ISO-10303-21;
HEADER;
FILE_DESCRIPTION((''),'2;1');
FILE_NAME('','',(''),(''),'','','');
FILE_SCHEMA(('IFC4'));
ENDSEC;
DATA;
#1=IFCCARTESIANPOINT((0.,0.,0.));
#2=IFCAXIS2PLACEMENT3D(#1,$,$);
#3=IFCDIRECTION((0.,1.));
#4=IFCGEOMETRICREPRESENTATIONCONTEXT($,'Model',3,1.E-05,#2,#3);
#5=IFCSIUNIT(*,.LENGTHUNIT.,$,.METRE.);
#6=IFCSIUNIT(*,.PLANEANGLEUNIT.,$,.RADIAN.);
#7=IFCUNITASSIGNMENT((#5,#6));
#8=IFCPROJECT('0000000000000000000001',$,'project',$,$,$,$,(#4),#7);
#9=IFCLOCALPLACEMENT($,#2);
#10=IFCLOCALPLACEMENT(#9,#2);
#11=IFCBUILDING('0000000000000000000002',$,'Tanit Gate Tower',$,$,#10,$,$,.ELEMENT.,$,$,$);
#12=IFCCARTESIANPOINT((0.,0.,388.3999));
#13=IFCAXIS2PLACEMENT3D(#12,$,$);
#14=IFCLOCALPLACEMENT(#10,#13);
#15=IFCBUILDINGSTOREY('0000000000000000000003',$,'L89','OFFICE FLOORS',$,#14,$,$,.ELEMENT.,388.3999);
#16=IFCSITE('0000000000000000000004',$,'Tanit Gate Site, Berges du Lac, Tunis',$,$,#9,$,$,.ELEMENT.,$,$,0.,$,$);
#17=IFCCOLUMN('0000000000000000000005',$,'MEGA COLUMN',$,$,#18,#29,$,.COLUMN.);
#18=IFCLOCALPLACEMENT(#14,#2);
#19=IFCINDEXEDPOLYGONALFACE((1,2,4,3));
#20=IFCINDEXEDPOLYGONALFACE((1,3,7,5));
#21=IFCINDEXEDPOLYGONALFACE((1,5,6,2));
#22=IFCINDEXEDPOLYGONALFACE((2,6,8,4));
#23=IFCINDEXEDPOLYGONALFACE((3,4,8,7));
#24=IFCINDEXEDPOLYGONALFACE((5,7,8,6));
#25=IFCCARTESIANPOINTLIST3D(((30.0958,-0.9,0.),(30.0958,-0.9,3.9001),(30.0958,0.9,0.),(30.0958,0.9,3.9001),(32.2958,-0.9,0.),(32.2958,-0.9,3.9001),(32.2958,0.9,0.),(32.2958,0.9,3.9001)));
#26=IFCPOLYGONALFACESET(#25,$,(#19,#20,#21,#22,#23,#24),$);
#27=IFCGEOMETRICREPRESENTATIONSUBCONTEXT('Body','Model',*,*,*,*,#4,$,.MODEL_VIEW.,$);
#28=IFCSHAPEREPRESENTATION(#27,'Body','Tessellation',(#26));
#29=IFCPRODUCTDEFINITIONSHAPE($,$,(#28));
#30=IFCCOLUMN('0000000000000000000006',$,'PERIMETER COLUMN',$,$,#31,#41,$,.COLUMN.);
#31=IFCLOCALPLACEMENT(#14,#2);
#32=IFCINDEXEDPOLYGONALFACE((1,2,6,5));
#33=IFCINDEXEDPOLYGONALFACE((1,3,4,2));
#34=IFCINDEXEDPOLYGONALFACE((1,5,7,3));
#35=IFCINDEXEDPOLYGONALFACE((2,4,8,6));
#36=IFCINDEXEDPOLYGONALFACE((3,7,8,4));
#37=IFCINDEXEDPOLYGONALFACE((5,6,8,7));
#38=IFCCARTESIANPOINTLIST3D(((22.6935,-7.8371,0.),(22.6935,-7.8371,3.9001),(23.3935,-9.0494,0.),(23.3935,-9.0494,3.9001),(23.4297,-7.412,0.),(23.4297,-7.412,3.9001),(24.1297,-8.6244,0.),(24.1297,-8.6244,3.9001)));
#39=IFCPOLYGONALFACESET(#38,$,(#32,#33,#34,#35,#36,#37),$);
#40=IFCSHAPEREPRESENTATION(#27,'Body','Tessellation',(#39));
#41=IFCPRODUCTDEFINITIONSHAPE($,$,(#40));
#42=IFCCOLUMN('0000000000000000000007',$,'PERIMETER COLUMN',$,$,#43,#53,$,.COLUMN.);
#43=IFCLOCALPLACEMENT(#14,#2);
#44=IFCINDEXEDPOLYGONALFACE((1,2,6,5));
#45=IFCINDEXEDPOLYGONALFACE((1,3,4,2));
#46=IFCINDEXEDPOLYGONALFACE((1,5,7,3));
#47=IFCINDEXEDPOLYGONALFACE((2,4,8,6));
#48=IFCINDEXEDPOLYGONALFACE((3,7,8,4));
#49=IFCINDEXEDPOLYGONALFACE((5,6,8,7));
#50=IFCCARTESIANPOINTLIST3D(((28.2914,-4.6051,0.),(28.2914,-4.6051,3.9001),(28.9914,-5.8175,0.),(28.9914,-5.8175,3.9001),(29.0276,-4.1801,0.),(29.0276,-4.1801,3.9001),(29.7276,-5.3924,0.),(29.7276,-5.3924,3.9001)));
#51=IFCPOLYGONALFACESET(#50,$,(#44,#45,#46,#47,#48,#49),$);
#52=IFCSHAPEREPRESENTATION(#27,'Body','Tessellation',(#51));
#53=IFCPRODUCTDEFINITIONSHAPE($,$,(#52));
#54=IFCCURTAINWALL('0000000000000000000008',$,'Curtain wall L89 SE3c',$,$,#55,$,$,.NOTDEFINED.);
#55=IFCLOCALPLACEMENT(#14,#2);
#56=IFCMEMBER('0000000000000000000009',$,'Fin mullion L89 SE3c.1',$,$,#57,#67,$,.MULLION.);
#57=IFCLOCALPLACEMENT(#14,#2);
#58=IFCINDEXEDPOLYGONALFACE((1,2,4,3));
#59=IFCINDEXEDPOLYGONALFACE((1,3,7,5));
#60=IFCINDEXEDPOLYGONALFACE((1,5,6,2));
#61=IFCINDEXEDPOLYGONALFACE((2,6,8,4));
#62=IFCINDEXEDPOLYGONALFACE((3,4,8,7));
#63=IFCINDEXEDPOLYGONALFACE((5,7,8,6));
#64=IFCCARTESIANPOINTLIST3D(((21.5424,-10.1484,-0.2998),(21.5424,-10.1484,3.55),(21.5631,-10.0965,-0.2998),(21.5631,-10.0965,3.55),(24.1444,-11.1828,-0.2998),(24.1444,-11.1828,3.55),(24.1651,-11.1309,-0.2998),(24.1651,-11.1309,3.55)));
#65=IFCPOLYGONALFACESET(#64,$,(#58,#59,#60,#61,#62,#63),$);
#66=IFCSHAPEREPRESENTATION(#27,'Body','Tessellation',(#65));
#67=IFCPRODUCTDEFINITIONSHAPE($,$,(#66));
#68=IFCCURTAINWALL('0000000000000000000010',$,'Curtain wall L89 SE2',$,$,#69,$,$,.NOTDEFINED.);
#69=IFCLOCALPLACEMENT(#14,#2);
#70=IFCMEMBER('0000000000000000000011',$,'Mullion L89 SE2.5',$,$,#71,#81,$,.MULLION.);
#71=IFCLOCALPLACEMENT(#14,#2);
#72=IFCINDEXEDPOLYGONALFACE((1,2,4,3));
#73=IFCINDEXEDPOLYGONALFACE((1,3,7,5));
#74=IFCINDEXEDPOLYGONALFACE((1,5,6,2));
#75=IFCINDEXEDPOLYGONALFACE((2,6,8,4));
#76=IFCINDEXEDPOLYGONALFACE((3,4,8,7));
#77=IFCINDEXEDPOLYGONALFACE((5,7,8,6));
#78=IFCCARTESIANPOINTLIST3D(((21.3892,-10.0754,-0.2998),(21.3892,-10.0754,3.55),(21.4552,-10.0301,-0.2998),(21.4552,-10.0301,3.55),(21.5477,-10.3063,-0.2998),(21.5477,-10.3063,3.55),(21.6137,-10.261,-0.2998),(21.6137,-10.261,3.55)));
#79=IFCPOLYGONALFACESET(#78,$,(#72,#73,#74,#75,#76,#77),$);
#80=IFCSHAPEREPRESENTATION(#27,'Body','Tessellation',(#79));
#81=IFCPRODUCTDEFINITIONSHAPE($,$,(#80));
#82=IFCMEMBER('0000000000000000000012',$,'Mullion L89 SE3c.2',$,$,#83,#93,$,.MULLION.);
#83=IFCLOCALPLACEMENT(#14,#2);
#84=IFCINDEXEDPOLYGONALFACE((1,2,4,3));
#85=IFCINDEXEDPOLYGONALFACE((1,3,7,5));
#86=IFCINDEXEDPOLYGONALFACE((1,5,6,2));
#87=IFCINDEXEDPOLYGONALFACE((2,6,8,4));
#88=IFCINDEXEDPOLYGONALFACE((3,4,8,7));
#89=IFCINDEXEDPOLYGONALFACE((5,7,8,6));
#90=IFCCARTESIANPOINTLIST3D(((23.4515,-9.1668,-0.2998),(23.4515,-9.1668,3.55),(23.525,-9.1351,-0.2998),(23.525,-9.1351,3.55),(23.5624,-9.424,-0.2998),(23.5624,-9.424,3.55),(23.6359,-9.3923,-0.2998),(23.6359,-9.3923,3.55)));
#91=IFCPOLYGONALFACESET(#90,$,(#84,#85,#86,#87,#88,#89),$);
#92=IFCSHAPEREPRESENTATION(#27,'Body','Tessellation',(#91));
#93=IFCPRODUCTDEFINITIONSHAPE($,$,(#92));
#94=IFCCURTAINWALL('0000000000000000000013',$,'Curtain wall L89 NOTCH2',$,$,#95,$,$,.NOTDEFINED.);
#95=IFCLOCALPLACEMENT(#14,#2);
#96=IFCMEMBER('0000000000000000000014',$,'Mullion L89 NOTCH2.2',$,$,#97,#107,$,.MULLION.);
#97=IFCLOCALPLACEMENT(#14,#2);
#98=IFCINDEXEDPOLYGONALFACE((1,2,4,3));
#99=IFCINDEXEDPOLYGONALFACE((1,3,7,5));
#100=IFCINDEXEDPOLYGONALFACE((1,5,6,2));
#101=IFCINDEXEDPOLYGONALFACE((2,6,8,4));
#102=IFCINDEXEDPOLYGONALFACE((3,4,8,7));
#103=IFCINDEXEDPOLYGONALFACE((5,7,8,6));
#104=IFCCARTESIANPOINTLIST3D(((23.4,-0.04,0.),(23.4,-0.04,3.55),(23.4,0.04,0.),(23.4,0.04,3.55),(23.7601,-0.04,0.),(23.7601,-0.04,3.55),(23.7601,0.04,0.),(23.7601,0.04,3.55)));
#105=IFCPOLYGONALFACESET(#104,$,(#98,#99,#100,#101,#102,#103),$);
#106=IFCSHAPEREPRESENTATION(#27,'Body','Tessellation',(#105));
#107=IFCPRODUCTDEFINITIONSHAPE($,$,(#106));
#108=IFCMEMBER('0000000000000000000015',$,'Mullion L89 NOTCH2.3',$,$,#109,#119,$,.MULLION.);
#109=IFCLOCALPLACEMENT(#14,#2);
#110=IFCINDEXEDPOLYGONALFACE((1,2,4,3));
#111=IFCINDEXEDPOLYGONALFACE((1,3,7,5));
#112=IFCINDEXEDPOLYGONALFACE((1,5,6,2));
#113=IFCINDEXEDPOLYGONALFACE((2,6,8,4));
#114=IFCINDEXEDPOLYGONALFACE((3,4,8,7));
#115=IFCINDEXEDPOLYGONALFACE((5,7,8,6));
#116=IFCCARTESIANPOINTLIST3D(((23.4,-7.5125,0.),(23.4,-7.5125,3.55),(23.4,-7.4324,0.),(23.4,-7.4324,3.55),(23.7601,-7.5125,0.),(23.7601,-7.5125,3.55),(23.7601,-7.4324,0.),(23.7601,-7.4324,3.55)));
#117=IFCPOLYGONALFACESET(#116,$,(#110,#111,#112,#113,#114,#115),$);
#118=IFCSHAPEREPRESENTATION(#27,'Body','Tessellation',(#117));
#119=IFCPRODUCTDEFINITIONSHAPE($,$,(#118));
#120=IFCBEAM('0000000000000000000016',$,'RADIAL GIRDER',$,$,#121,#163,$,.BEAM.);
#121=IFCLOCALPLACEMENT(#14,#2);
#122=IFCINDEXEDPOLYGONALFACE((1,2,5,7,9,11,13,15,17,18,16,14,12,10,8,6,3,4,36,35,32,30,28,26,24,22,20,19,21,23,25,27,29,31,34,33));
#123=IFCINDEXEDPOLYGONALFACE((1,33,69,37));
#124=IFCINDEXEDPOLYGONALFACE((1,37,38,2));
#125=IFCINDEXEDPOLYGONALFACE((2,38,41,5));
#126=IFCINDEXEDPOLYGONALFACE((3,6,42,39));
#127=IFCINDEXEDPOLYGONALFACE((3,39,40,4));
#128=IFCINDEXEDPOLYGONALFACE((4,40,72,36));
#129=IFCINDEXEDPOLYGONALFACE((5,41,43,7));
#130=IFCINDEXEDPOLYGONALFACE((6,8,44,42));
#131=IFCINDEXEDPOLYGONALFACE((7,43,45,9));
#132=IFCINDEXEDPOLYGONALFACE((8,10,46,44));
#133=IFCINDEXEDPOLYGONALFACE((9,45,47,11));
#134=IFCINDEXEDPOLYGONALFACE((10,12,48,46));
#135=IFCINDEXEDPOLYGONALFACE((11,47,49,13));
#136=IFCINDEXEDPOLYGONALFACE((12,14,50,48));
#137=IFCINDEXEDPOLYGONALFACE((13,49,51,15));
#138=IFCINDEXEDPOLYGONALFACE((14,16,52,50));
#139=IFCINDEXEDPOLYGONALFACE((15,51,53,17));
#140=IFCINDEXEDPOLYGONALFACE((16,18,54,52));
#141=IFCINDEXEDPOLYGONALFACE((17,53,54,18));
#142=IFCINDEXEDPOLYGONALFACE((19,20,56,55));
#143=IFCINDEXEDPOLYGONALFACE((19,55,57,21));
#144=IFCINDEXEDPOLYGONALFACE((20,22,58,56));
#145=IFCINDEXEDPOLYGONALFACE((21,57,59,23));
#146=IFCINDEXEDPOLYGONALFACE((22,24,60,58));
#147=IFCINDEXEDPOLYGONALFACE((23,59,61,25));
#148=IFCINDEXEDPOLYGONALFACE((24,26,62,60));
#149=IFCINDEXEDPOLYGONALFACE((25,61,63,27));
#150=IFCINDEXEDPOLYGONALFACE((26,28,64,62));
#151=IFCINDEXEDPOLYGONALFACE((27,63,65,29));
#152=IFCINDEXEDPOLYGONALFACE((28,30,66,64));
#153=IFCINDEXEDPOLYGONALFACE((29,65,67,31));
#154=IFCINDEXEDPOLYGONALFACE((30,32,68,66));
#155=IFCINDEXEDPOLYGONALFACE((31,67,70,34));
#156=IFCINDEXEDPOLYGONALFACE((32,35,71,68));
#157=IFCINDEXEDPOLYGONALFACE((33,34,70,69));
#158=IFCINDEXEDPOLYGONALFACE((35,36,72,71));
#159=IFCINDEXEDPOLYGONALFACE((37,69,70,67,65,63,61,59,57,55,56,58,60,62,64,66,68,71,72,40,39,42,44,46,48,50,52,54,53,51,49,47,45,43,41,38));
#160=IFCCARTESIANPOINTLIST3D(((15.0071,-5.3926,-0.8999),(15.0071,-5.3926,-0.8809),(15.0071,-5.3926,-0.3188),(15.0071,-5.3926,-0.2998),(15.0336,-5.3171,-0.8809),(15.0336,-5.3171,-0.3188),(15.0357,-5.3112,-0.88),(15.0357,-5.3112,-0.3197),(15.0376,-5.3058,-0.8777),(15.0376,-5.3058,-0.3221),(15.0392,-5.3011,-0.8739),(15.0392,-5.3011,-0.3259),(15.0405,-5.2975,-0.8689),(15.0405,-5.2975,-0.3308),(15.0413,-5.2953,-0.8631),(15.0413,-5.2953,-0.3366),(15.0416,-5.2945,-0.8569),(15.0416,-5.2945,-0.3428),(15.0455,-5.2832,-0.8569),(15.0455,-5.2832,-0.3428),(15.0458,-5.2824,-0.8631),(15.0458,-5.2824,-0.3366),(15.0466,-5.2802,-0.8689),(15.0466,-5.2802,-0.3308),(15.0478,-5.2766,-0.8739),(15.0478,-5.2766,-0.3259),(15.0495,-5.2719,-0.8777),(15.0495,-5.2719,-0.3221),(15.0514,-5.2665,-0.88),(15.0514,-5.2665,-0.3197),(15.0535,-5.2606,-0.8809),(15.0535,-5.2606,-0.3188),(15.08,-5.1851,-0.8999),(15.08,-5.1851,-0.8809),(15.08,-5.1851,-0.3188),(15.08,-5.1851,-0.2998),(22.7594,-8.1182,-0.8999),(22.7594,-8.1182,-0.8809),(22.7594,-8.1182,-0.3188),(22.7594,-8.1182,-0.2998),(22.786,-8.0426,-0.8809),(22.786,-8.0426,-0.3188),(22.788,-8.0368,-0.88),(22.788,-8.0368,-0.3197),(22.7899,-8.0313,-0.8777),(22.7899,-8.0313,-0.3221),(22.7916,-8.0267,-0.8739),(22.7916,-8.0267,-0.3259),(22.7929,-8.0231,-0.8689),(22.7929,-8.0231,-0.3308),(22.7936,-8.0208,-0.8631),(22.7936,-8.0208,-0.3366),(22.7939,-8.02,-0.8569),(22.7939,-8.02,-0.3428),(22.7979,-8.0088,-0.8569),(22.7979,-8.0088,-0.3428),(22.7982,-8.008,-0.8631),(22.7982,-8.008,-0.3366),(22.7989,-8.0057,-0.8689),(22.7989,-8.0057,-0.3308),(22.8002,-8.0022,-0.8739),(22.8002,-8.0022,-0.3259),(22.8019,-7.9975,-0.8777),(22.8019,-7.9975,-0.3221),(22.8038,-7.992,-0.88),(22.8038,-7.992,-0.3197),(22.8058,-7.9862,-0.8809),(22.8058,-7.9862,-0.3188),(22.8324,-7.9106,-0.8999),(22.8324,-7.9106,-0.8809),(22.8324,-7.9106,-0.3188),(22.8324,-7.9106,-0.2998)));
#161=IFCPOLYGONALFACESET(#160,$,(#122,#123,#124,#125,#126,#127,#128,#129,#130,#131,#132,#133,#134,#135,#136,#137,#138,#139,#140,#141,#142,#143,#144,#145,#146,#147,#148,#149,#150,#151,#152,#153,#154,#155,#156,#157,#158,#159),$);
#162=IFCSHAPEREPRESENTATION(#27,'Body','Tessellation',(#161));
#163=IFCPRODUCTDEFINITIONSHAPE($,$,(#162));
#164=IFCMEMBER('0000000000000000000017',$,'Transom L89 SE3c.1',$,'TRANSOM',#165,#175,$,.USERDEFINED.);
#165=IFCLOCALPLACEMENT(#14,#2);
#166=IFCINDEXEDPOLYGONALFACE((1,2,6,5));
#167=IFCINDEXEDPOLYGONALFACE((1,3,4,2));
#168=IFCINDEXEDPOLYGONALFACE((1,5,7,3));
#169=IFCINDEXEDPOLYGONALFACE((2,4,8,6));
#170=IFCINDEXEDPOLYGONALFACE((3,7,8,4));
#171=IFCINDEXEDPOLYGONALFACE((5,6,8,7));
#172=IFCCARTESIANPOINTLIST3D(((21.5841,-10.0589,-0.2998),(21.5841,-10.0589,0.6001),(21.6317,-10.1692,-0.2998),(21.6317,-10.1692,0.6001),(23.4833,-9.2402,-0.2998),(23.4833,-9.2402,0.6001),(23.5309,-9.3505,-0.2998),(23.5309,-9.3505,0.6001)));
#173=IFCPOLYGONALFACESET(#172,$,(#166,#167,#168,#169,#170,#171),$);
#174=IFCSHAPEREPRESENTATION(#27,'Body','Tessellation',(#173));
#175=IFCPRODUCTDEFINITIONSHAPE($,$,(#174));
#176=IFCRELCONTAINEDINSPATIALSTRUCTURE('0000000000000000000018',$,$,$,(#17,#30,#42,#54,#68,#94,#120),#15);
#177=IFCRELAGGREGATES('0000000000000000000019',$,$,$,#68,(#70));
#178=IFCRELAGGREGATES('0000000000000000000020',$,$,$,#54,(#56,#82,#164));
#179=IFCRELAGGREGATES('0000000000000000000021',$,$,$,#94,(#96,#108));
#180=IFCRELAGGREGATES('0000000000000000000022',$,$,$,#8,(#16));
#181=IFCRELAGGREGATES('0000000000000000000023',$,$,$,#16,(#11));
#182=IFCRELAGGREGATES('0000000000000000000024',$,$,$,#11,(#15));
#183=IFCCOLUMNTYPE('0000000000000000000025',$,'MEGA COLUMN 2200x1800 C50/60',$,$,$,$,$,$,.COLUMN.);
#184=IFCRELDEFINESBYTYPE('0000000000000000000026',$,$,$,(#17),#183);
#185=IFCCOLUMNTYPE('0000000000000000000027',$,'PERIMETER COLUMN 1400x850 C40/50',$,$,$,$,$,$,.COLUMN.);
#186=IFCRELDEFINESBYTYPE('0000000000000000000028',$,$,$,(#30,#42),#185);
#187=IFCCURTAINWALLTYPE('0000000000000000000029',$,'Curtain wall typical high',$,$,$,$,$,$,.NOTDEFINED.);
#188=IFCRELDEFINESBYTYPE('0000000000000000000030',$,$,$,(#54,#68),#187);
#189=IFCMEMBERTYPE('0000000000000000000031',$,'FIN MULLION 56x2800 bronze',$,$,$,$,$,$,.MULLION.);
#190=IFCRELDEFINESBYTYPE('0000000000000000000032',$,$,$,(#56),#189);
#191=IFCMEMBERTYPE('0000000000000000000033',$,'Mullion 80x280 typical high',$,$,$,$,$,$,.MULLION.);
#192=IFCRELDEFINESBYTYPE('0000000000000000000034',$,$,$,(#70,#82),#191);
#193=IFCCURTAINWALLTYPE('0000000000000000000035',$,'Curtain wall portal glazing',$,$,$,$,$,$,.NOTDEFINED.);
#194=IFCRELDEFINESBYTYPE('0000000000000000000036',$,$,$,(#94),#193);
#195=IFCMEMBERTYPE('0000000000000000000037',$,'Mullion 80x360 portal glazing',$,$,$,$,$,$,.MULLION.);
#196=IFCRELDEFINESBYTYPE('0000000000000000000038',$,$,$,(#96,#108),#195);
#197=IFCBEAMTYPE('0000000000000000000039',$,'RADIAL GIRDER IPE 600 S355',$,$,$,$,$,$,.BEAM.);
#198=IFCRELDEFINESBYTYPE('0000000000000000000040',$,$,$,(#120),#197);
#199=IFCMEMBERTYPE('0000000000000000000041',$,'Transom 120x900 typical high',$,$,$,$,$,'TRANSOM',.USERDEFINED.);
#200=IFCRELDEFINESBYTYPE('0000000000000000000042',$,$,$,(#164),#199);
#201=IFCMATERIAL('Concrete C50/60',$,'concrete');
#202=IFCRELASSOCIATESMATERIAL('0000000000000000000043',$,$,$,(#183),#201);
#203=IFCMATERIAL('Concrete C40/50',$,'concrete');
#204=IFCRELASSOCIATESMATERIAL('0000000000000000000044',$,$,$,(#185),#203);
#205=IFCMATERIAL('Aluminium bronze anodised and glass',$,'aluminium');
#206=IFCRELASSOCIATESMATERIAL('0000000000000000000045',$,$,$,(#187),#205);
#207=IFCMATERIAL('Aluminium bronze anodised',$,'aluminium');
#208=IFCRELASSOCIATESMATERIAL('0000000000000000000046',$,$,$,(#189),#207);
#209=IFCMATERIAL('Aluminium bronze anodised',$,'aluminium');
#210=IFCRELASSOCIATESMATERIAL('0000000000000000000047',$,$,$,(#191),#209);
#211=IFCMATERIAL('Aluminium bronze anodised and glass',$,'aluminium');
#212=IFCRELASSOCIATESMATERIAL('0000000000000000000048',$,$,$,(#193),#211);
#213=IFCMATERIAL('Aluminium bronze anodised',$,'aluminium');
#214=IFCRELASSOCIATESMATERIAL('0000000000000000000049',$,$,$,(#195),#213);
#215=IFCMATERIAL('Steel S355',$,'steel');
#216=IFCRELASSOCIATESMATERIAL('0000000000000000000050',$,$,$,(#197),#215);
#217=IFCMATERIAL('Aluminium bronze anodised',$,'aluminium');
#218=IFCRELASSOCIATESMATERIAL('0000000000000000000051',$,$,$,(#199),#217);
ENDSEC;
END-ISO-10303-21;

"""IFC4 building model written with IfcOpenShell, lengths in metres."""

from ifc_helpers import new_model, si_unit, direction, frame, origin, origin_2d, place, context, subcontext, project, spatial, rectangle, i_section, extrude, material, material_profile, profile_set, type_object, element, aggregate, save


model = new_model("IFC4")

# Units and contexts
model_context = context("Model", 3, precision=1e-05, world=origin(), true_north=direction((0.0, 1.0)))
body_context = subcontext(model_context, "Body", "Model", "MODEL_VIEW")
ifc_project = project(units=[si_unit("LENGTHUNIT", "METRE"), si_unit("PLANEANGLEUNIT", "RADIAN")], contexts=[model_context])

# Site, building, storey
site_placement = place(None, origin())
site = spatial("IfcSite", under=ifc_project, at=site_placement, Name="Tanit Gate Site, Berges du Lac, Tunis", CompositionType="ELEMENT", RefElevation=0.0)
building_placement = place(site_placement, origin())
building = spatial("IfcBuilding", under=site, at=building_placement, Name="Tanit Gate Tower", CompositionType="ELEMENT")
storey_placement = place(building_placement, frame((0.0, 0.0, 388.3999)))
storey = spatial("IfcBuildingStorey", under=building, at=storey_placement, Name="L89", Description="OFFICE FLOORS", CompositionType="ELEMENT", Elevation=388.3999)

# Columns
ifc_material_1 = material(Name="Concrete C50/60", Category="concrete")
ifc_material_profile_1 = material_profile(ifc_material_1, rectangle(XDim=2.2, YDim=1.8, at=origin_2d()), Name="RC 2200x1800")
ifc_profile_set_1 = profile_set([ifc_material_profile_1], Name="Concrete C50/60")
column_type_1 = type_object("IfcColumnType", Name="MEGA COLUMN 2200x1800 C50/60", PredefinedType="COLUMN", material=ifc_profile_set_1)
column_placement = place(storey_placement, frame((31.1958, 0.0, 0.0), z_axis=(0.0, 0.0, 1.0), x_axis=(1.0, 0.0, 0.0)))
element("IfcColumn", 1, at=column_placement, inside=storey, type_object=column_type_1, Name="MEGA COLUMN", PredefinedType="COLUMN", context=body_context, shape_type="SweptSolid", body=[
    extrude(rectangle(XDim=2.2, YDim=1.8, at=origin_2d()), origin(), (0.0, 0.0, 1.0), 3.9001),
])
ifc_material_2 = material(Name="Concrete C40/50", Category="concrete")
ifc_material_profile_2 = material_profile(ifc_material_2, rectangle(XDim=1.3999, YDim=0.8501, at=origin_2d()), Name="RC 1400x850")
ifc_profile_set_2 = profile_set([ifc_material_profile_2], Name="Concrete C40/50")
column_type_2 = type_object("IfcColumnType", Name="PERIMETER COLUMN 1400x850 C40/50", PredefinedType="COLUMN", material=ifc_profile_set_2)
for number, where, z_axis, x_axis, name in (
    (2, (23.4116, -8.2307, 0.0), (0.0, 0.0, 1.0), (0.5, -0.866025, 0.0), "PERIMETER COLUMN"),
    (3, (29.0095, -4.9988, 0.0), (0.0, 0.0, 1.0), (0.5, -0.866025, 0.0), "PERIMETER COLUMN"),
):
    element("IfcColumn", number, at=place(storey_placement, frame(where, z_axis=z_axis, x_axis=x_axis)), inside=storey, type_object=column_type_2, Name=name, PredefinedType="COLUMN", context=body_context, shape_type="SweptSolid", body=[
        extrude(rectangle(XDim=1.3999, YDim=0.8501, at=origin_2d()), origin(), (0.0, 0.0, 1.0), 3.9001),
    ])

# Curtain walls, members
ifc_material_3 = material(Name="Aluminium bronze anodised and glass", Category="aluminium")
curtain_wall_type_1 = type_object("IfcCurtainWallType", Name="Curtain wall typical high", PredefinedType="NOTDEFINED", material=ifc_material_3)
curtain_wall_1_placement = place(storey_placement, origin())
curtain_wall_1 = element("IfcCurtainWall", 4, at=curtain_wall_1_placement, inside=storey, type_object=curtain_wall_type_1, Name="Curtain wall L89 SE3c", PredefinedType="NOTDEFINED")
ifc_material_4 = material(Name="Aluminium bronze anodised", Category="aluminium")
ifc_material_profile_3 = material_profile(ifc_material_4, rectangle(XDim=2.8, YDim=0.0559, at=origin_2d()), Name="56x2800 bronze fin mullion")
ifc_profile_set_3 = profile_set([ifc_material_profile_3], Name="Aluminium bronze anodised")
member_type_1 = type_object("IfcMemberType", Name="FIN MULLION 56x2800 bronze", PredefinedType="MULLION", material=ifc_profile_set_3)
member_1_placement = place(storey_placement, frame((22.8538, -10.6396, -0.2998), z_axis=(0.0, 0.0, 1.0), x_axis=(-0.929264, 0.369417, 0.0)))
member_1 = element("IfcMember", 5, at=member_1_placement, type_object=member_type_1, Name="Fin mullion L89 SE3c.1", PredefinedType="MULLION", context=body_context, shape_type="SweptSolid", body=[
    extrude(rectangle(XDim=2.8, YDim=0.0559, at=origin_2d()), origin(), (0.0, 0.0, 1.0), 3.8499),
])
curtain_wall_2_placement = place(storey_placement, origin())
curtain_wall_2 = element("IfcCurtainWall", 6, at=curtain_wall_2_placement, inside=storey, type_object=curtain_wall_type_1, Name="Curtain wall L89 SE2", PredefinedType="NOTDEFINED")
ifc_material_5 = material(Name="Aluminium bronze anodised", Category="aluminium")
ifc_material_profile_4 = material_profile(ifc_material_5, rectangle(XDim=0.28, YDim=0.0801, at=origin_2d()), Name="80x280 bronze mullion")
ifc_profile_set_4 = profile_set([ifc_material_profile_4], Name="Aluminium bronze anodised")
member_type_2 = type_object("IfcMemberType", Name="Mullion 80x280 typical high", PredefinedType="MULLION", material=ifc_profile_set_4)
member_2_placement = place(storey_placement, frame((21.5015, -10.1682, -0.2998), z_axis=(0.0, 0.0, 1.0), x_axis=(-0.565893, 0.824479, 0.0)))
member_2 = element("IfcMember", 7, at=member_2_placement, type_object=member_type_2, Name="Mullion L89 SE2.5", PredefinedType="MULLION", context=body_context, shape_type="SweptSolid", body=[
    extrude(rectangle(XDim=0.28, YDim=0.0801, at=origin_2d()), origin(), (0.0, 0.0, 1.0), 3.8499),
])
aggregate(curtain_wall_2, [member_2])

# Member
member_3_placement = place(storey_placement, frame((23.5437, -9.2795, -0.2998), z_axis=(0.0, 0.0, 1.0), x_axis=(-0.395871, 0.918306, 0.0)))
member_3 = element("IfcMember", 8, at=member_3_placement, type_object=member_type_2, Name="Mullion L89 SE3c.2", PredefinedType="MULLION", context=body_context, shape_type="SweptSolid", body=[
    extrude(rectangle(XDim=0.28, YDim=0.0801, at=origin_2d()), origin(), (0.0, 0.0, 1.0), 3.8499),
])

# Curtain wall, members
ifc_material_6 = material(Name="Aluminium bronze anodised and glass", Category="aluminium")
curtain_wall_type_2 = type_object("IfcCurtainWallType", Name="Curtain wall portal glazing", PredefinedType="NOTDEFINED", material=ifc_material_6)
curtain_wall_3_placement = place(storey_placement, origin())
curtain_wall_3 = element("IfcCurtainWall", 9, at=curtain_wall_3_placement, inside=storey, type_object=curtain_wall_type_2, Name="Curtain wall L89 NOTCH2", PredefinedType="NOTDEFINED")
ifc_material_7 = material(Name="Aluminium bronze anodised", Category="aluminium")
ifc_material_profile_5 = material_profile(ifc_material_7, rectangle(XDim=0.3601, YDim=0.0801, at=origin_2d()), Name="80x360 bronze mullion")
ifc_profile_set_5 = profile_set([ifc_material_profile_5], Name="Aluminium bronze anodised")
member_type_3 = type_object("IfcMemberType", Name="Mullion 80x360 portal glazing", PredefinedType="MULLION", material=ifc_profile_set_5)
member_4_placement = place(storey_placement, frame((23.5801, 0.0, 0.0), z_axis=(0.0, 0.0, 1.0), x_axis=(1.0, 0.0, 0.0)))
member_4 = element("IfcMember", 10, at=member_4_placement, type_object=member_type_3, Name="Mullion L89 NOTCH2.2", PredefinedType="MULLION", context=body_context, shape_type="SweptSolid", body=[
    extrude(rectangle(XDim=0.3601, YDim=0.0801, at=origin_2d()), origin(), (0.0, 0.0, 1.0), 3.55),
])
member_5_placement = place(storey_placement, frame((23.5801, -7.4724, 0.0), z_axis=(0.0, 0.0, 1.0), x_axis=(1.0, 0.0, 0.0)))
member_5 = element("IfcMember", 11, at=member_5_placement, type_object=member_type_3, Name="Mullion L89 NOTCH2.3", PredefinedType="MULLION", context=body_context, shape_type="SweptSolid", body=[
    extrude(rectangle(XDim=0.3601, YDim=0.0801, at=origin_2d()), origin(), (0.0, 0.0, 1.0), 3.55),
])

# Beam
ifc_material_8 = material(Name="Steel S355", Category="steel")
ifc_material_profile_6 = material_profile(ifc_material_8, i_section(OverallWidth=0.22, OverallDepth=0.6001, WebThickness=0.012, FlangeThickness=0.019, FilletRadius=0.0239, at=origin_2d()), Name="IPE 600")
ifc_profile_set_6 = profile_set([ifc_material_profile_6], Name="Steel S355")
beam_type = type_object("IfcBeamType", Name="RADIAL GIRDER IPE 600 S355", PredefinedType="BEAM", material=ifc_profile_set_6)
beam_placement = place(storey_placement, frame((22.7959, -8.0144, -0.5999), z_axis=(-0.943393, 0.331676, 0.0), x_axis=(-0.331676, -0.943393, 0.0)))
element("IfcBeam", 12, at=beam_placement, inside=storey, type_object=beam_type, Name="RADIAL GIRDER", PredefinedType="BEAM", context=body_context, shape_type="SweptSolid", body=[
    extrude(i_section(OverallWidth=0.22, OverallDepth=0.6001, WebThickness=0.012, FlangeThickness=0.019, FilletRadius=0.0239, at=origin_2d()), origin(), (0.0, 0.0, 1.0), 8.2175),
])

# Member
ifc_material_9 = material(Name="Aluminium bronze anodised", Category="aluminium")
ifc_material_profile_7 = material_profile(ifc_material_9, rectangle(XDim=0.1201, YDim=0.8999, at=origin_2d()), Name="120x900 bronze transom")
ifc_profile_set_7 = profile_set([ifc_material_profile_7], Name="Aluminium bronze anodised")
member_type_4 = type_object("IfcMemberType", Name="Transom 120x900 typical high", ElementType="TRANSOM", PredefinedType="USERDEFINED", material=ifc_profile_set_7)
member_6_placement = place(storey_placement, frame((21.6079, -10.114, 0.1501), z_axis=(0.918325, 0.395828, 0.0), x_axis=(-0.395828, 0.918325, 0.0)))
member_6 = element("IfcMember", 13, at=member_6_placement, type_object=member_type_4, Name="Transom L89 SE3c.1", ObjectType="TRANSOM", PredefinedType="USERDEFINED", context=body_context, shape_type="SweptSolid", body=[
    extrude(rectangle(XDim=0.1201, YDim=0.8999, at=origin_2d()), origin(), (0.0, 0.0, 1.0), 2.0681),
])

aggregate(curtain_wall_1, [member_1, member_3, member_6])
aggregate(curtain_wall_3, [member_4, member_5])

save(model, "model.ifc")
